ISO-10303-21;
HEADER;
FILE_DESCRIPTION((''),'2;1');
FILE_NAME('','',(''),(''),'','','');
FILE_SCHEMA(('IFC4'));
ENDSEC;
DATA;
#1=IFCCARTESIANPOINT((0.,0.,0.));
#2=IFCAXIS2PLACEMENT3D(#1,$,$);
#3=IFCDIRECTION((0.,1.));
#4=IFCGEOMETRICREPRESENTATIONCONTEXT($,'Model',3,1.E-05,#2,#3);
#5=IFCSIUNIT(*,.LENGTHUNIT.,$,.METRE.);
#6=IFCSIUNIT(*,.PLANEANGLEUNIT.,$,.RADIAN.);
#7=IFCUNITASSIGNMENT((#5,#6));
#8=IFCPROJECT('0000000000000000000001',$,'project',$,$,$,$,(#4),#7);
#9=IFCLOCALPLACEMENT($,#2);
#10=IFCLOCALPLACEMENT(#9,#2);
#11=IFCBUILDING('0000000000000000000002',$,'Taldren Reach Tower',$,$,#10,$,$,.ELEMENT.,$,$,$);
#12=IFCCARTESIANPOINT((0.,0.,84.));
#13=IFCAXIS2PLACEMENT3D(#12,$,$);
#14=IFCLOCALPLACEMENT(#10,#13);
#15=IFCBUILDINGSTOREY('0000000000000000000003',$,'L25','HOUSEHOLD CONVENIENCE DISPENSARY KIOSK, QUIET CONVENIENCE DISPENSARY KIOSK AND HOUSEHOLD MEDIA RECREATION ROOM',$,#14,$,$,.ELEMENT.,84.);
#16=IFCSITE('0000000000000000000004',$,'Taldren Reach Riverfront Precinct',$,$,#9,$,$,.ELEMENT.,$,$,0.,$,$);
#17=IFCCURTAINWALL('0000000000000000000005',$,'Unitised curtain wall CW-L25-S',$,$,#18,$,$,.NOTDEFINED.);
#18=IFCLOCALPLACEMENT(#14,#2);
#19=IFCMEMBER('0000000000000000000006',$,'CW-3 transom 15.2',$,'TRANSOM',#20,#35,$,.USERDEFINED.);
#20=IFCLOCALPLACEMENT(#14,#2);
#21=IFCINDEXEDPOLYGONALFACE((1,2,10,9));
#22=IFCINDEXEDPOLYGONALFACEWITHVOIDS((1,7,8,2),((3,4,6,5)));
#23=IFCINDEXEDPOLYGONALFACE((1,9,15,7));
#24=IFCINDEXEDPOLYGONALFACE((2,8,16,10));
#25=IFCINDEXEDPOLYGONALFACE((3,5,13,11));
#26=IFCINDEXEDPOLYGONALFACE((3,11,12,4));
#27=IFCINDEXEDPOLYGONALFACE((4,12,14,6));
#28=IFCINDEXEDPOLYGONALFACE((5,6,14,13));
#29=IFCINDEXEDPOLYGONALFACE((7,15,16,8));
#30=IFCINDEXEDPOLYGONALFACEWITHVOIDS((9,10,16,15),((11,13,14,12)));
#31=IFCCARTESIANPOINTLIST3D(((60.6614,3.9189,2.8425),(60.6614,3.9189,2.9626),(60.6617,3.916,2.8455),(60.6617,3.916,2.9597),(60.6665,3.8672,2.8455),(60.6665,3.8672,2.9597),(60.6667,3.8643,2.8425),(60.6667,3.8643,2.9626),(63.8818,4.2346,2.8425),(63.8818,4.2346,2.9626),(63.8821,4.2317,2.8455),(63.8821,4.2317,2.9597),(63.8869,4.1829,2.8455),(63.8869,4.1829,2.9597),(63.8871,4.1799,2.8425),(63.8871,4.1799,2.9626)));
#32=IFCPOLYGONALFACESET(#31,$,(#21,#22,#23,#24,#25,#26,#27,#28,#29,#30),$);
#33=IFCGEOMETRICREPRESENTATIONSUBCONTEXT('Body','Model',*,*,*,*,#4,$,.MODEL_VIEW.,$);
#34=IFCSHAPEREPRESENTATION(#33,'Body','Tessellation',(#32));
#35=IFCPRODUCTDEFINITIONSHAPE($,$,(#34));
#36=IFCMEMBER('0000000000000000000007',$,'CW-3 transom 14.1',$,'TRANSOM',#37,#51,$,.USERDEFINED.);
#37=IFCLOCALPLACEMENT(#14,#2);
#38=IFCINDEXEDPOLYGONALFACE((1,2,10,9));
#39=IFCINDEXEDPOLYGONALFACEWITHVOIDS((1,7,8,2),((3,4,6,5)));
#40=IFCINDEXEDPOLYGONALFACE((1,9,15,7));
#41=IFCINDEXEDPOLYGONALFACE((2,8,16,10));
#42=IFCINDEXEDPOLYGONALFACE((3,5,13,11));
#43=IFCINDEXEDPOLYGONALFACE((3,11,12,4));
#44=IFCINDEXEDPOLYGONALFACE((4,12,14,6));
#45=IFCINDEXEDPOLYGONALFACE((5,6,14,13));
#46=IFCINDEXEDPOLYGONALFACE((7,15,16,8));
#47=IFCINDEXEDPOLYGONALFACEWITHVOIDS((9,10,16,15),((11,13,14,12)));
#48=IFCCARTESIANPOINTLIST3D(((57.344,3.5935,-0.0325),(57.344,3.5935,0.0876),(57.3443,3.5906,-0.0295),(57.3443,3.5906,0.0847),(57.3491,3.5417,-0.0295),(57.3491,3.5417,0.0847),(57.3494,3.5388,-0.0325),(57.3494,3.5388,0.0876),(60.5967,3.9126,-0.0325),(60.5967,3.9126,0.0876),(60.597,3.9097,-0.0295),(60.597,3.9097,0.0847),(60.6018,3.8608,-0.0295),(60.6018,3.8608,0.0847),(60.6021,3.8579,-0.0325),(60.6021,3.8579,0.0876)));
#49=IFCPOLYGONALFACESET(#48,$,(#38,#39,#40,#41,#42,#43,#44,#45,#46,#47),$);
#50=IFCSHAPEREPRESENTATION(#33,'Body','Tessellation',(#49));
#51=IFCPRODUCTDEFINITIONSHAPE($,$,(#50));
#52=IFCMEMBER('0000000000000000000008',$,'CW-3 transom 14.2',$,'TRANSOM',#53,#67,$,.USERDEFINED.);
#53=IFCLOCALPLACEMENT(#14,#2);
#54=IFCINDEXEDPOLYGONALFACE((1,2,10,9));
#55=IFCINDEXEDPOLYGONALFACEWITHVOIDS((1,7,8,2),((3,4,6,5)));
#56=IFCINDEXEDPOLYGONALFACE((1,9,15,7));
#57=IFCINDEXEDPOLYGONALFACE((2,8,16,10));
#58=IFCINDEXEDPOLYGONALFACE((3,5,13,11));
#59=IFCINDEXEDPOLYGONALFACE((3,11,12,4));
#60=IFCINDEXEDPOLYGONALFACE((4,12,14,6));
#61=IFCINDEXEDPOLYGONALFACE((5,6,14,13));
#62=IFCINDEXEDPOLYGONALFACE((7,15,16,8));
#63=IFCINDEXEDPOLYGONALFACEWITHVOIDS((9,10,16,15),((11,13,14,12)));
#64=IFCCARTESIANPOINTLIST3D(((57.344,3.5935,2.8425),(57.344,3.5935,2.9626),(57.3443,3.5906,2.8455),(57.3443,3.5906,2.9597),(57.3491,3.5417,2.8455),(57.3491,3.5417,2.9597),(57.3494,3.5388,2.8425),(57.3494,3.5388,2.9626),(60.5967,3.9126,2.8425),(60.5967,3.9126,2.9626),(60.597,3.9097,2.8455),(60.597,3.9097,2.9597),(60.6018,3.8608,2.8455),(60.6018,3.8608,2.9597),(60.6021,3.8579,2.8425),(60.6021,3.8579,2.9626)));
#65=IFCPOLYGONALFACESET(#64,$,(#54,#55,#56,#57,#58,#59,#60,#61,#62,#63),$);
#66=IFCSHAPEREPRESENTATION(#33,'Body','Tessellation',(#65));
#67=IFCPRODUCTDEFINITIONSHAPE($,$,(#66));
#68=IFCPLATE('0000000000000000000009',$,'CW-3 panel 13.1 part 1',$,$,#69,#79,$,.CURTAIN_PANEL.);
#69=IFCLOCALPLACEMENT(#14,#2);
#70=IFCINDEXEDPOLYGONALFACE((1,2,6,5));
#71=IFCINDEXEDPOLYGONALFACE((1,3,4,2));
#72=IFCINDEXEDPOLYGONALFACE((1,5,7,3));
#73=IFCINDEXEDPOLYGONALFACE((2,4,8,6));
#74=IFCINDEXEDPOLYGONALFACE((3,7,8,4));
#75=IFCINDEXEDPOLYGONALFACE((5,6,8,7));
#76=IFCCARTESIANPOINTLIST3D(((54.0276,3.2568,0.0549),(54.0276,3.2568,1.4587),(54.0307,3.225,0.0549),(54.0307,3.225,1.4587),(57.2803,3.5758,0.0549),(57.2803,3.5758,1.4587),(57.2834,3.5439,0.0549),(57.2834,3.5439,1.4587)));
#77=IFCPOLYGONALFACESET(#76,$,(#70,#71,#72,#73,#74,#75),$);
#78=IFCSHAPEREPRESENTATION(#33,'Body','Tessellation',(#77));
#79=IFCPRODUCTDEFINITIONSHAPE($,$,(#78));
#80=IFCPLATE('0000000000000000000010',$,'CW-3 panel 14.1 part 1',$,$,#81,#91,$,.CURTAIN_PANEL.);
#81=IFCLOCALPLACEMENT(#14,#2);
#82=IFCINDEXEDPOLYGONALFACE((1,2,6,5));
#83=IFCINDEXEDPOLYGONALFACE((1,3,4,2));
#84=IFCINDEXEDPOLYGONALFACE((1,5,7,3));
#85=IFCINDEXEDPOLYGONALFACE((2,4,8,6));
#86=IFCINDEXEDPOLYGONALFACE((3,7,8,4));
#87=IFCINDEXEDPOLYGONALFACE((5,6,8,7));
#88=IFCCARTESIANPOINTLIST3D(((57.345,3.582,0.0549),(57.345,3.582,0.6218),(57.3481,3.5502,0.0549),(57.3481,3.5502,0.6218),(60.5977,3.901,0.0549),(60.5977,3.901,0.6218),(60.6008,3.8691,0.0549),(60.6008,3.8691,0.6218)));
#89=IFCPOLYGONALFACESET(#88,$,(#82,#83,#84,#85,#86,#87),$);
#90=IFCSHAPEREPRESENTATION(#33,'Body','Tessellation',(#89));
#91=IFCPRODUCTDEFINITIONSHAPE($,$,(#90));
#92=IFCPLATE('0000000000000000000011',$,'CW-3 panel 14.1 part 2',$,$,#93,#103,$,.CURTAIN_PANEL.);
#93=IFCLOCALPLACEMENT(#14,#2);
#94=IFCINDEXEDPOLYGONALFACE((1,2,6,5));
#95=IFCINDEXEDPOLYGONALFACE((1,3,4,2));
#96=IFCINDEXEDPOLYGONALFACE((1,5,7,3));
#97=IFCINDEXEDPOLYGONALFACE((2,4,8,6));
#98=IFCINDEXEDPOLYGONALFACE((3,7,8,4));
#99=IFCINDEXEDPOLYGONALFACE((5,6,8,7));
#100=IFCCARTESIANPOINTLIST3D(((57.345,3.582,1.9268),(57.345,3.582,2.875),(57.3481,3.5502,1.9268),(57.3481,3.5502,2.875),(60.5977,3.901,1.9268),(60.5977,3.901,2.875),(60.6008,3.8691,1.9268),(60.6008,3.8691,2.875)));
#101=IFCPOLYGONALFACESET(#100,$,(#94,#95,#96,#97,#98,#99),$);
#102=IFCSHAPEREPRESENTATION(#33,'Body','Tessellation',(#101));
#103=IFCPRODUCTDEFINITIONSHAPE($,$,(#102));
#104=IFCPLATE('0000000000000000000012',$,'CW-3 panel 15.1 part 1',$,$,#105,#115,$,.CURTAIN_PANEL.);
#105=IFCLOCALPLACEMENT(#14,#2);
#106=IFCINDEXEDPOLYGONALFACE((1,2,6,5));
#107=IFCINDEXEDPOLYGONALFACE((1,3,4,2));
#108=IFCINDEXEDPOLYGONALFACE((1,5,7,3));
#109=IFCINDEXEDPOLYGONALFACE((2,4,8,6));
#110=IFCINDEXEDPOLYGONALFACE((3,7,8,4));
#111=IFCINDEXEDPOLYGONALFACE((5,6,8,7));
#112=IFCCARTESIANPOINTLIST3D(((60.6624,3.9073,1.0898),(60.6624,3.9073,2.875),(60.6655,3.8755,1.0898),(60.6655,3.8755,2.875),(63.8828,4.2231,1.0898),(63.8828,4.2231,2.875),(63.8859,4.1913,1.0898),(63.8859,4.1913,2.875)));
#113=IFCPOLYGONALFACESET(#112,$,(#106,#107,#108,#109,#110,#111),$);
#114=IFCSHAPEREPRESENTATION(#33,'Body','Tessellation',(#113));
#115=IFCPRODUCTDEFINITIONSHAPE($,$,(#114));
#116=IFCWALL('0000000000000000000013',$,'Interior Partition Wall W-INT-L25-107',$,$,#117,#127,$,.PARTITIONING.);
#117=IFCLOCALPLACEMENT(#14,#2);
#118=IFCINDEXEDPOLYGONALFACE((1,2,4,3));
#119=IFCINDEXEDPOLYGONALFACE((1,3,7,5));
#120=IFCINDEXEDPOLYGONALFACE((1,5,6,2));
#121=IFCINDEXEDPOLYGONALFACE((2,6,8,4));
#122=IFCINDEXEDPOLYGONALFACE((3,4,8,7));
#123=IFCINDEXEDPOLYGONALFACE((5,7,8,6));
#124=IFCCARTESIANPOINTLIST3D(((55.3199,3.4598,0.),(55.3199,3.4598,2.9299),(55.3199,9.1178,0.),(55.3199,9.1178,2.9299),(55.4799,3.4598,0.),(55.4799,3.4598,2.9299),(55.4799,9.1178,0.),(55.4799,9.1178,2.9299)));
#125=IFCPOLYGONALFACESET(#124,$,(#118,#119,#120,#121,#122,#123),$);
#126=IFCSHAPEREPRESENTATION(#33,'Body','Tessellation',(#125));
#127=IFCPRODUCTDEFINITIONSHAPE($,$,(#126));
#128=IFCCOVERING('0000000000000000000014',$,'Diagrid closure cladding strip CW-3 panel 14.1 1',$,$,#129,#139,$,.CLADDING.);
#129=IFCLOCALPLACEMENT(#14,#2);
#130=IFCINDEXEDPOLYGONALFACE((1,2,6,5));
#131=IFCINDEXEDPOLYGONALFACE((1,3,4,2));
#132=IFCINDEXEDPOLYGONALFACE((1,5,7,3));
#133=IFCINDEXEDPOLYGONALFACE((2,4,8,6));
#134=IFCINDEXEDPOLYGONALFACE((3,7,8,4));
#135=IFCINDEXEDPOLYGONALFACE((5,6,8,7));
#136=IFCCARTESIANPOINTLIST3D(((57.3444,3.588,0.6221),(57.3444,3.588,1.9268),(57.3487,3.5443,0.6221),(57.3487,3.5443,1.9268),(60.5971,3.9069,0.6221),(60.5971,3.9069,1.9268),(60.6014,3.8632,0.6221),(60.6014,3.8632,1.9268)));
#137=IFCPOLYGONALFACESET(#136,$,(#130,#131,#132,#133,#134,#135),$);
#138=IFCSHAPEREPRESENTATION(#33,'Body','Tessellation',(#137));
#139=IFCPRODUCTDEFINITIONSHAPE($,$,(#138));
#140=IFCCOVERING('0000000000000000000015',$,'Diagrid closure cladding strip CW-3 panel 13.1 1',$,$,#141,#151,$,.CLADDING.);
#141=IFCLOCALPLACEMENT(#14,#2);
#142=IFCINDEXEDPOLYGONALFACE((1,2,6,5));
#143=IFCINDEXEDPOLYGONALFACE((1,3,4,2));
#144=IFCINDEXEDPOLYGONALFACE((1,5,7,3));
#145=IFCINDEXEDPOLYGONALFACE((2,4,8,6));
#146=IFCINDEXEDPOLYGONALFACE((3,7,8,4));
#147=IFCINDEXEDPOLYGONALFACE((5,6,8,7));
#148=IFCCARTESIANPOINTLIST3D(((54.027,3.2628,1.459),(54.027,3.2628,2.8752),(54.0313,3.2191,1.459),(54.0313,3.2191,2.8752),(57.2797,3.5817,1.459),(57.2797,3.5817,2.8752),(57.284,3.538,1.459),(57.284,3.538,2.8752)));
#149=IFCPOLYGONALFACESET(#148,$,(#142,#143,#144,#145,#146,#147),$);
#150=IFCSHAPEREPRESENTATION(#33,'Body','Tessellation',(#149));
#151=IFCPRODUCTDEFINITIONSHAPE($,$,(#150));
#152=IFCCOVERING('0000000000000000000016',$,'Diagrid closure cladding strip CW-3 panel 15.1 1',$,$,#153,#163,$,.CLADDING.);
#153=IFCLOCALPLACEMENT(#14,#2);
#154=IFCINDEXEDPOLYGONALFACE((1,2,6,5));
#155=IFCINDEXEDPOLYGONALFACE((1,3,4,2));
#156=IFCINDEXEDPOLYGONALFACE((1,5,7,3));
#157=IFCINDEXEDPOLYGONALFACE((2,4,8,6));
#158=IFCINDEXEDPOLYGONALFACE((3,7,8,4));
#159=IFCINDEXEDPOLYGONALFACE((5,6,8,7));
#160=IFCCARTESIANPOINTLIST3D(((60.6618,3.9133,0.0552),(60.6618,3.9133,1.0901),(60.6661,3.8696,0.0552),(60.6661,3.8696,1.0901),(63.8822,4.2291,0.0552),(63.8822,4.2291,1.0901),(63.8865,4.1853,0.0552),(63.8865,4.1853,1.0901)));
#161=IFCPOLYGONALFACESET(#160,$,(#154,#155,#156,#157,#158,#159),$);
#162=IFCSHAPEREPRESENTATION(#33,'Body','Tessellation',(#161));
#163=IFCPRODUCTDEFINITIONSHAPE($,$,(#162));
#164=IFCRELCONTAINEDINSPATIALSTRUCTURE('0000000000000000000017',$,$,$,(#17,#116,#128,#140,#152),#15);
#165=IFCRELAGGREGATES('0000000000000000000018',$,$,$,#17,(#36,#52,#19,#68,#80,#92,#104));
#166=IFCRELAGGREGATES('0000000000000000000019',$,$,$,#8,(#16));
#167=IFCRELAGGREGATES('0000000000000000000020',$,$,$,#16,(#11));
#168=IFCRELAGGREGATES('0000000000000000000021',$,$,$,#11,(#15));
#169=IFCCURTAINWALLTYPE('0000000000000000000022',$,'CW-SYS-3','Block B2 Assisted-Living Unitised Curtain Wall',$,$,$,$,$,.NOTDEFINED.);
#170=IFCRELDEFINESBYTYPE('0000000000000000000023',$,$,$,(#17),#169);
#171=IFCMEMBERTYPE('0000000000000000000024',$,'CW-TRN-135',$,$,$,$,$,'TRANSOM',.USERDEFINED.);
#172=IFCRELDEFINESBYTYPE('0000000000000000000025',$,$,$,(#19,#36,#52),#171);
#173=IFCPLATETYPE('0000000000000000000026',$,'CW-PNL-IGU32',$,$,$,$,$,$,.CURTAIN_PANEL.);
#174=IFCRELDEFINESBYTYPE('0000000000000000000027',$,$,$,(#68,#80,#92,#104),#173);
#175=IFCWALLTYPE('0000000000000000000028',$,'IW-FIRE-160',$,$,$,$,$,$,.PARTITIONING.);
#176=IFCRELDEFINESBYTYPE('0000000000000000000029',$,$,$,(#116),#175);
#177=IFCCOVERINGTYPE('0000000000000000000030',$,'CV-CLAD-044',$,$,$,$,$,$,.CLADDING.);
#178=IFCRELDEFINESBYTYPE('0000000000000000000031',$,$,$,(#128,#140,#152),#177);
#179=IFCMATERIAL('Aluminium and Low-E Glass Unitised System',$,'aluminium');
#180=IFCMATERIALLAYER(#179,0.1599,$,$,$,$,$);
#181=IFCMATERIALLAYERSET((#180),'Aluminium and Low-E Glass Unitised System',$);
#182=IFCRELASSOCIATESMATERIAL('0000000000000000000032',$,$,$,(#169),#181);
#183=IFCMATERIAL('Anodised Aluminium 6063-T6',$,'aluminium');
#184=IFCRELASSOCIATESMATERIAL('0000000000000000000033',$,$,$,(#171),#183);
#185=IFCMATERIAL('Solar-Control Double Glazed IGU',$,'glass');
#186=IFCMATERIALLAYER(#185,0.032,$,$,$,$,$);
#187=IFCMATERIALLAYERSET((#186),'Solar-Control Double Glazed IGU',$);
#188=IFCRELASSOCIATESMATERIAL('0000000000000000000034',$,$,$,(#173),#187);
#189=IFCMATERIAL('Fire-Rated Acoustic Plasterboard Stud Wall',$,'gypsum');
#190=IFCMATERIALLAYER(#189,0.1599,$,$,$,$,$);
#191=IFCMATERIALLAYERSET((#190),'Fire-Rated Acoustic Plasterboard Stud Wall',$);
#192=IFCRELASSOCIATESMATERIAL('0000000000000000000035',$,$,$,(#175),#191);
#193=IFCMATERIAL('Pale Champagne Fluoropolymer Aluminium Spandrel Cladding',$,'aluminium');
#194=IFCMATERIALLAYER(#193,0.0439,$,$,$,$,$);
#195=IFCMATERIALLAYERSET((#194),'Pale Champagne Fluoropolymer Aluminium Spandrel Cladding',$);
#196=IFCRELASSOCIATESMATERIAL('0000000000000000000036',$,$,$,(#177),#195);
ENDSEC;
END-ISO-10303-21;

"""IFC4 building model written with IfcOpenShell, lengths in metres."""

from ifc_helpers import new_model, si_unit, direction, frame, frame_2d, origin, origin_2d, place, context, subcontext, project, spatial, rectangle, hollow_rectangle, extrude, source, transform, mapped, material, layer, layer_set, material_profile, profile_set, type_object, element, aggregate, save


model = new_model("IFC4")

# Units and contexts
model_context = context("Model", 3, precision=1e-05, world=origin(), true_north=direction((0.0, 1.0)))
body_context = subcontext(model_context, "Body", "Model", "MODEL_VIEW")
ifc_project = project(units=[si_unit("LENGTHUNIT", "METRE"), si_unit("PLANEANGLEUNIT", "RADIAN")], contexts=[model_context])

# Site, building, storey
site_placement = place(None, origin())
site = spatial("IfcSite", under=ifc_project, at=site_placement, Name="Taldren Reach Riverfront Precinct", CompositionType="ELEMENT", RefElevation=0.0)
building_placement = place(site_placement, origin())
building = spatial("IfcBuilding", under=site, at=building_placement, Name="Taldren Reach Tower", CompositionType="ELEMENT")
storey_placement = place(building_placement, frame((0.0, 0.0, 84.0)))
storey = spatial("IfcBuildingStorey", under=building, at=storey_placement, Name="L25", Description="HOUSEHOLD CONVENIENCE DISPENSARY KIOSK, QUIET CONVENIENCE DISPENSARY KIOSK AND HOUSEHOLD MEDIA RECREATION ROOM", CompositionType="ELEMENT", Elevation=84.0)

# Curtain wall, members, plates
ifc_material_1 = material(Name="Aluminium and Low-E Glass Unitised System", Category="aluminium")
ifc_layer_1 = layer(ifc_material_1, 0.1599)
ifc_layer_set_1 = layer_set([ifc_layer_1], Name="Aluminium and Low-E Glass Unitised System")
curtain_wall_type = type_object("IfcCurtainWallType", Name="CW-SYS-3", Description="Block B2 Assisted-Living Unitised Curtain Wall", PredefinedType="NOTDEFINED", material=ifc_layer_set_1)
curtain_wall_placement = place(storey_placement, origin())
curtain_wall = element("IfcCurtainWall", 1, at=curtain_wall_placement, inside=storey, type_object=curtain_wall_type, Name="Unitised curtain wall CW-L25-S", PredefinedType="NOTDEFINED")
ifc_material_2 = material(Name="Anodised Aluminium 6063-T6", Category="aluminium")
ifc_material_profile_1 = material_profile(ifc_material_2, hollow_rectangle(XDim=0.0549, YDim=0.1201, WallThickness=0.0029, at=origin_2d()), Name="ALU-120x55x3RHS")
ifc_profile_set_1 = profile_set([ifc_material_profile_1], Name="Anodised Aluminium 6063-T6")
member_type_1 = type_object("IfcMemberType", Name="CW-TRN-135", ElementType="TRANSOM", PredefinedType="USERDEFINED", material=ifc_profile_set_1)
shared_shape_1 = source(origin(), body_context, "Body", "SweptSolid", [
    extrude(hollow_rectangle(XDim=0.0549, YDim=0.1201, WallThickness=0.0029, at=origin_2d()), origin(), (0.0, 0.0, 1.0), 3.2358),
])
member_1_placement = place(storey_placement, frame((60.6641, 3.8916, 2.9026), z_axis=(0.99523, 0.097554, 0.0), x_axis=(-0.097554, 0.99523, 0.0)))
member_1 = element("IfcMember", 2, at=member_1_placement, type_object=member_type_1, Name="CW-3 transom 15.2", ObjectType="TRANSOM", PredefinedType="USERDEFINED", context=body_context, shape_type="MappedRepresentation", body=[
    mapped(shared_shape_1, transform((0.0, 0.0, 0.0), scale=1.0)),
])
shared_shape_2 = source(origin(), body_context, "Body", "SweptSolid", [
    extrude(hollow_rectangle(XDim=0.0549, YDim=0.1201, WallThickness=0.0029, at=origin_2d()), origin(), (0.0, 0.0, 1.0), 3.2683),
])
member_2_placement = place(storey_placement, frame((57.3467, 3.5662, 0.0276), z_axis=(0.995223, 0.097632, 0.0), x_axis=(-0.097632, 0.995223, 0.0)))
member_2 = element("IfcMember", 3, at=member_2_placement, type_object=member_type_1, Name="CW-3 transom 14.1", ObjectType="TRANSOM", PredefinedType="USERDEFINED", context=body_context, shape_type="MappedRepresentation", body=[
    mapped(shared_shape_2, transform((0.0, 0.0, 0.0), scale=1.0)),
])
member_3_placement = place(storey_placement, frame((57.3467, 3.5662, 2.9026), z_axis=(0.995223, 0.097632, 0.0), x_axis=(-0.097632, 0.995223, 0.0)))
member_3 = element("IfcMember", 4, at=member_3_placement, type_object=member_type_1, Name="CW-3 transom 14.2", ObjectType="TRANSOM", PredefinedType="USERDEFINED", context=body_context, shape_type="MappedRepresentation", body=[
    mapped(shared_shape_2, transform((0.0, 0.0, 0.0), scale=1.0)),
])
ifc_material_3 = material(Name="Solar-Control Double Glazed IGU", Category="glass")
ifc_layer_2 = layer(ifc_material_3, 0.032)
ifc_layer_set_2 = layer_set([ifc_layer_2], Name="Solar-Control Double Glazed IGU")
plate_type = type_object("IfcPlateType", Name="CW-PNL-IGU32", PredefinedType="CURTAIN_PANEL", material=ifc_layer_set_2)
shared_shape_3 = source(origin(), body_context, "Body", "SweptSolid", [
    extrude(rectangle(XDim=3.2683, YDim=0.032, at=origin_2d()), origin(), (0.0, 0.0, 1.0), 1.4038),
])
plate_1_placement = place(storey_placement, frame((55.6555, 3.4004, 0.0549), z_axis=(0.0, 0.0, 1.0), x_axis=(0.995227, 0.097583, 0.0)))
plate_1 = element("IfcPlate", 5, at=plate_1_placement, type_object=plate_type, Name="CW-3 panel 13.1 part 1", PredefinedType="CURTAIN_PANEL", context=body_context, shape_type="MappedRepresentation", body=[
    mapped(shared_shape_3, transform((0.0, 0.0, 0.0), scale=1.0)),
])
shared_shape_4 = source(origin(), body_context, "Body", "SweptSolid", [
    extrude(rectangle(XDim=3.2683, YDim=0.032, at=origin_2d()), origin(), (0.0, 0.0, 1.0), 0.5669),
])
plate_2_placement = place(storey_placement, frame((58.9729, 3.7256, 0.0549), z_axis=(0.0, 0.0, 1.0), x_axis=(0.995227, 0.097583, 0.0)))
plate_2 = element("IfcPlate", 6, at=plate_2_placement, type_object=plate_type, Name="CW-3 panel 14.1 part 1", PredefinedType="CURTAIN_PANEL", context=body_context, shape_type="MappedRepresentation", body=[
    mapped(shared_shape_4, transform((0.0, 0.0, 0.0), scale=1.0)),
])
shared_shape_5 = source(origin(), body_context, "Body", "SweptSolid", [
    extrude(rectangle(XDim=3.2683, YDim=0.032, at=origin_2d()), origin(), (0.0, 0.0, 1.0), 0.9482),
])
plate_3_placement = place(storey_placement, frame((58.9729, 3.7256, 1.9268), z_axis=(0.0, 0.0, 1.0), x_axis=(0.995227, 0.097583, 0.0)))
plate_3 = element("IfcPlate", 7, at=plate_3_placement, type_object=plate_type, Name="CW-3 panel 14.1 part 2", PredefinedType="CURTAIN_PANEL", context=body_context, shape_type="MappedRepresentation", body=[
    mapped(shared_shape_5, transform((0.0, 0.0, 0.0), scale=1.0)),
])
shared_shape_6 = source(origin(), body_context, "Body", "SweptSolid", [
    extrude(rectangle(XDim=3.2358, YDim=0.032, at=origin_2d()), origin(), (0.0, 0.0, 1.0), 1.7852),
])
plate_4_placement = place(storey_placement, frame((62.2742, 4.0493, 1.0898), z_axis=(0.0, 0.0, 1.0), x_axis=(0.995227, 0.097583, 0.0)))
plate_4 = element("IfcPlate", 8, at=plate_4_placement, type_object=plate_type, Name="CW-3 panel 15.1 part 1", PredefinedType="CURTAIN_PANEL", context=body_context, shape_type="MappedRepresentation", body=[
    mapped(shared_shape_6, transform((0.0, 0.0, 0.0), scale=1.0)),
])
aggregate(curtain_wall, [member_2, member_3, member_1, plate_1, plate_2, plate_3, plate_4])

# Wall
ifc_material_4 = material(Name="Fire-Rated Acoustic Plasterboard Stud Wall", Category="gypsum")
ifc_layer_3 = layer(ifc_material_4, 0.1599)
ifc_layer_set_3 = layer_set([ifc_layer_3], Name="Fire-Rated Acoustic Plasterboard Stud Wall")
wall_type = type_object("IfcWallType", Name="IW-FIRE-160", PredefinedType="PARTITIONING", material=ifc_layer_set_3)
shared_shape_7 = source(origin(), body_context, "Body", "SweptSolid", [
    extrude(rectangle(XDim=5.658, YDim=0.1599, at=frame_2d((2.8291, 0.0))), origin(), (0.0, 0.0, 1.0), 2.9299),
])
wall_placement = place(storey_placement, frame((55.3999, 9.1179, 0.0), z_axis=(0.0, 0.0, 1.0), x_axis=(0.0, -1.0, 0.0)))
element("IfcWall", 9, at=wall_placement, inside=storey, type_object=wall_type, Name="Interior Partition Wall W-INT-L25-107", PredefinedType="PARTITIONING", context=body_context, shape_type="MappedRepresentation", body=[
    mapped(shared_shape_7, transform((0.0, 0.0, 0.0), scale=1.0)),
])

# Coverings
ifc_material_5 = material(Name="Pale Champagne Fluoropolymer Aluminium Spandrel Cladding", Category="aluminium")
ifc_layer_4 = layer(ifc_material_5, 0.0439)
ifc_layer_set_4 = layer_set([ifc_layer_4], Name="Pale Champagne Fluoropolymer Aluminium Spandrel Cladding")
covering_type = type_object("IfcCoveringType", Name="CV-CLAD-044", PredefinedType="CLADDING", material=ifc_layer_set_4)
shared_shape_8 = source(origin(), body_context, "Body", "SweptSolid", [
    extrude(rectangle(XDim=3.2683, YDim=0.0439, at=origin_2d()), origin(), (0.0, 0.0, 1.0), 1.3047),
])
covering_1_placement = place(storey_placement, frame((58.9729, 3.7256, 0.6221), z_axis=(0.0, 0.0, 1.0), x_axis=(0.995227, 0.097583, 0.0)))
element("IfcCovering", 10, at=covering_1_placement, inside=storey, type_object=covering_type, Name="Diagrid closure cladding strip CW-3 panel 14.1 1", PredefinedType="CLADDING", context=body_context, shape_type="MappedRepresentation", body=[
    mapped(shared_shape_8, transform((0.0, 0.0, 0.0), scale=1.0)),
])
shared_shape_9 = source(origin(), body_context, "Body", "SweptSolid", [
    extrude(rectangle(XDim=3.2683, YDim=0.0439, at=origin_2d()), origin(), (0.0, 0.0, 1.0), 1.4163),
])
covering_2_placement = place(storey_placement, frame((55.6555, 3.4004, 1.459), z_axis=(0.0, 0.0, 1.0), x_axis=(0.995227, 0.097583, 0.0)))
element("IfcCovering", 11, at=covering_2_placement, inside=storey, type_object=covering_type, Name="Diagrid closure cladding strip CW-3 panel 13.1 1", PredefinedType="CLADDING", context=body_context, shape_type="MappedRepresentation", body=[
    mapped(shared_shape_9, transform((0.0, 0.0, 0.0), scale=1.0)),
])
shared_shape_10 = source(origin(), body_context, "Body", "SweptSolid", [
    extrude(rectangle(XDim=3.2358, YDim=0.0439, at=origin_2d()), origin(), (0.0, 0.0, 1.0), 1.0349),
])
covering_3_placement = place(storey_placement, frame((62.2742, 4.0493, 0.0552), z_axis=(0.0, 0.0, 1.0), x_axis=(0.995227, 0.097583, 0.0)))
element("IfcCovering", 12, at=covering_3_placement, inside=storey, type_object=covering_type, Name="Diagrid closure cladding strip CW-3 panel 15.1 1", PredefinedType="CLADDING", context=body_context, shape_type="MappedRepresentation", body=[
    mapped(shared_shape_10, transform((0.0, 0.0, 0.0), scale=1.0)),
])

save(model, "model.ifc")
